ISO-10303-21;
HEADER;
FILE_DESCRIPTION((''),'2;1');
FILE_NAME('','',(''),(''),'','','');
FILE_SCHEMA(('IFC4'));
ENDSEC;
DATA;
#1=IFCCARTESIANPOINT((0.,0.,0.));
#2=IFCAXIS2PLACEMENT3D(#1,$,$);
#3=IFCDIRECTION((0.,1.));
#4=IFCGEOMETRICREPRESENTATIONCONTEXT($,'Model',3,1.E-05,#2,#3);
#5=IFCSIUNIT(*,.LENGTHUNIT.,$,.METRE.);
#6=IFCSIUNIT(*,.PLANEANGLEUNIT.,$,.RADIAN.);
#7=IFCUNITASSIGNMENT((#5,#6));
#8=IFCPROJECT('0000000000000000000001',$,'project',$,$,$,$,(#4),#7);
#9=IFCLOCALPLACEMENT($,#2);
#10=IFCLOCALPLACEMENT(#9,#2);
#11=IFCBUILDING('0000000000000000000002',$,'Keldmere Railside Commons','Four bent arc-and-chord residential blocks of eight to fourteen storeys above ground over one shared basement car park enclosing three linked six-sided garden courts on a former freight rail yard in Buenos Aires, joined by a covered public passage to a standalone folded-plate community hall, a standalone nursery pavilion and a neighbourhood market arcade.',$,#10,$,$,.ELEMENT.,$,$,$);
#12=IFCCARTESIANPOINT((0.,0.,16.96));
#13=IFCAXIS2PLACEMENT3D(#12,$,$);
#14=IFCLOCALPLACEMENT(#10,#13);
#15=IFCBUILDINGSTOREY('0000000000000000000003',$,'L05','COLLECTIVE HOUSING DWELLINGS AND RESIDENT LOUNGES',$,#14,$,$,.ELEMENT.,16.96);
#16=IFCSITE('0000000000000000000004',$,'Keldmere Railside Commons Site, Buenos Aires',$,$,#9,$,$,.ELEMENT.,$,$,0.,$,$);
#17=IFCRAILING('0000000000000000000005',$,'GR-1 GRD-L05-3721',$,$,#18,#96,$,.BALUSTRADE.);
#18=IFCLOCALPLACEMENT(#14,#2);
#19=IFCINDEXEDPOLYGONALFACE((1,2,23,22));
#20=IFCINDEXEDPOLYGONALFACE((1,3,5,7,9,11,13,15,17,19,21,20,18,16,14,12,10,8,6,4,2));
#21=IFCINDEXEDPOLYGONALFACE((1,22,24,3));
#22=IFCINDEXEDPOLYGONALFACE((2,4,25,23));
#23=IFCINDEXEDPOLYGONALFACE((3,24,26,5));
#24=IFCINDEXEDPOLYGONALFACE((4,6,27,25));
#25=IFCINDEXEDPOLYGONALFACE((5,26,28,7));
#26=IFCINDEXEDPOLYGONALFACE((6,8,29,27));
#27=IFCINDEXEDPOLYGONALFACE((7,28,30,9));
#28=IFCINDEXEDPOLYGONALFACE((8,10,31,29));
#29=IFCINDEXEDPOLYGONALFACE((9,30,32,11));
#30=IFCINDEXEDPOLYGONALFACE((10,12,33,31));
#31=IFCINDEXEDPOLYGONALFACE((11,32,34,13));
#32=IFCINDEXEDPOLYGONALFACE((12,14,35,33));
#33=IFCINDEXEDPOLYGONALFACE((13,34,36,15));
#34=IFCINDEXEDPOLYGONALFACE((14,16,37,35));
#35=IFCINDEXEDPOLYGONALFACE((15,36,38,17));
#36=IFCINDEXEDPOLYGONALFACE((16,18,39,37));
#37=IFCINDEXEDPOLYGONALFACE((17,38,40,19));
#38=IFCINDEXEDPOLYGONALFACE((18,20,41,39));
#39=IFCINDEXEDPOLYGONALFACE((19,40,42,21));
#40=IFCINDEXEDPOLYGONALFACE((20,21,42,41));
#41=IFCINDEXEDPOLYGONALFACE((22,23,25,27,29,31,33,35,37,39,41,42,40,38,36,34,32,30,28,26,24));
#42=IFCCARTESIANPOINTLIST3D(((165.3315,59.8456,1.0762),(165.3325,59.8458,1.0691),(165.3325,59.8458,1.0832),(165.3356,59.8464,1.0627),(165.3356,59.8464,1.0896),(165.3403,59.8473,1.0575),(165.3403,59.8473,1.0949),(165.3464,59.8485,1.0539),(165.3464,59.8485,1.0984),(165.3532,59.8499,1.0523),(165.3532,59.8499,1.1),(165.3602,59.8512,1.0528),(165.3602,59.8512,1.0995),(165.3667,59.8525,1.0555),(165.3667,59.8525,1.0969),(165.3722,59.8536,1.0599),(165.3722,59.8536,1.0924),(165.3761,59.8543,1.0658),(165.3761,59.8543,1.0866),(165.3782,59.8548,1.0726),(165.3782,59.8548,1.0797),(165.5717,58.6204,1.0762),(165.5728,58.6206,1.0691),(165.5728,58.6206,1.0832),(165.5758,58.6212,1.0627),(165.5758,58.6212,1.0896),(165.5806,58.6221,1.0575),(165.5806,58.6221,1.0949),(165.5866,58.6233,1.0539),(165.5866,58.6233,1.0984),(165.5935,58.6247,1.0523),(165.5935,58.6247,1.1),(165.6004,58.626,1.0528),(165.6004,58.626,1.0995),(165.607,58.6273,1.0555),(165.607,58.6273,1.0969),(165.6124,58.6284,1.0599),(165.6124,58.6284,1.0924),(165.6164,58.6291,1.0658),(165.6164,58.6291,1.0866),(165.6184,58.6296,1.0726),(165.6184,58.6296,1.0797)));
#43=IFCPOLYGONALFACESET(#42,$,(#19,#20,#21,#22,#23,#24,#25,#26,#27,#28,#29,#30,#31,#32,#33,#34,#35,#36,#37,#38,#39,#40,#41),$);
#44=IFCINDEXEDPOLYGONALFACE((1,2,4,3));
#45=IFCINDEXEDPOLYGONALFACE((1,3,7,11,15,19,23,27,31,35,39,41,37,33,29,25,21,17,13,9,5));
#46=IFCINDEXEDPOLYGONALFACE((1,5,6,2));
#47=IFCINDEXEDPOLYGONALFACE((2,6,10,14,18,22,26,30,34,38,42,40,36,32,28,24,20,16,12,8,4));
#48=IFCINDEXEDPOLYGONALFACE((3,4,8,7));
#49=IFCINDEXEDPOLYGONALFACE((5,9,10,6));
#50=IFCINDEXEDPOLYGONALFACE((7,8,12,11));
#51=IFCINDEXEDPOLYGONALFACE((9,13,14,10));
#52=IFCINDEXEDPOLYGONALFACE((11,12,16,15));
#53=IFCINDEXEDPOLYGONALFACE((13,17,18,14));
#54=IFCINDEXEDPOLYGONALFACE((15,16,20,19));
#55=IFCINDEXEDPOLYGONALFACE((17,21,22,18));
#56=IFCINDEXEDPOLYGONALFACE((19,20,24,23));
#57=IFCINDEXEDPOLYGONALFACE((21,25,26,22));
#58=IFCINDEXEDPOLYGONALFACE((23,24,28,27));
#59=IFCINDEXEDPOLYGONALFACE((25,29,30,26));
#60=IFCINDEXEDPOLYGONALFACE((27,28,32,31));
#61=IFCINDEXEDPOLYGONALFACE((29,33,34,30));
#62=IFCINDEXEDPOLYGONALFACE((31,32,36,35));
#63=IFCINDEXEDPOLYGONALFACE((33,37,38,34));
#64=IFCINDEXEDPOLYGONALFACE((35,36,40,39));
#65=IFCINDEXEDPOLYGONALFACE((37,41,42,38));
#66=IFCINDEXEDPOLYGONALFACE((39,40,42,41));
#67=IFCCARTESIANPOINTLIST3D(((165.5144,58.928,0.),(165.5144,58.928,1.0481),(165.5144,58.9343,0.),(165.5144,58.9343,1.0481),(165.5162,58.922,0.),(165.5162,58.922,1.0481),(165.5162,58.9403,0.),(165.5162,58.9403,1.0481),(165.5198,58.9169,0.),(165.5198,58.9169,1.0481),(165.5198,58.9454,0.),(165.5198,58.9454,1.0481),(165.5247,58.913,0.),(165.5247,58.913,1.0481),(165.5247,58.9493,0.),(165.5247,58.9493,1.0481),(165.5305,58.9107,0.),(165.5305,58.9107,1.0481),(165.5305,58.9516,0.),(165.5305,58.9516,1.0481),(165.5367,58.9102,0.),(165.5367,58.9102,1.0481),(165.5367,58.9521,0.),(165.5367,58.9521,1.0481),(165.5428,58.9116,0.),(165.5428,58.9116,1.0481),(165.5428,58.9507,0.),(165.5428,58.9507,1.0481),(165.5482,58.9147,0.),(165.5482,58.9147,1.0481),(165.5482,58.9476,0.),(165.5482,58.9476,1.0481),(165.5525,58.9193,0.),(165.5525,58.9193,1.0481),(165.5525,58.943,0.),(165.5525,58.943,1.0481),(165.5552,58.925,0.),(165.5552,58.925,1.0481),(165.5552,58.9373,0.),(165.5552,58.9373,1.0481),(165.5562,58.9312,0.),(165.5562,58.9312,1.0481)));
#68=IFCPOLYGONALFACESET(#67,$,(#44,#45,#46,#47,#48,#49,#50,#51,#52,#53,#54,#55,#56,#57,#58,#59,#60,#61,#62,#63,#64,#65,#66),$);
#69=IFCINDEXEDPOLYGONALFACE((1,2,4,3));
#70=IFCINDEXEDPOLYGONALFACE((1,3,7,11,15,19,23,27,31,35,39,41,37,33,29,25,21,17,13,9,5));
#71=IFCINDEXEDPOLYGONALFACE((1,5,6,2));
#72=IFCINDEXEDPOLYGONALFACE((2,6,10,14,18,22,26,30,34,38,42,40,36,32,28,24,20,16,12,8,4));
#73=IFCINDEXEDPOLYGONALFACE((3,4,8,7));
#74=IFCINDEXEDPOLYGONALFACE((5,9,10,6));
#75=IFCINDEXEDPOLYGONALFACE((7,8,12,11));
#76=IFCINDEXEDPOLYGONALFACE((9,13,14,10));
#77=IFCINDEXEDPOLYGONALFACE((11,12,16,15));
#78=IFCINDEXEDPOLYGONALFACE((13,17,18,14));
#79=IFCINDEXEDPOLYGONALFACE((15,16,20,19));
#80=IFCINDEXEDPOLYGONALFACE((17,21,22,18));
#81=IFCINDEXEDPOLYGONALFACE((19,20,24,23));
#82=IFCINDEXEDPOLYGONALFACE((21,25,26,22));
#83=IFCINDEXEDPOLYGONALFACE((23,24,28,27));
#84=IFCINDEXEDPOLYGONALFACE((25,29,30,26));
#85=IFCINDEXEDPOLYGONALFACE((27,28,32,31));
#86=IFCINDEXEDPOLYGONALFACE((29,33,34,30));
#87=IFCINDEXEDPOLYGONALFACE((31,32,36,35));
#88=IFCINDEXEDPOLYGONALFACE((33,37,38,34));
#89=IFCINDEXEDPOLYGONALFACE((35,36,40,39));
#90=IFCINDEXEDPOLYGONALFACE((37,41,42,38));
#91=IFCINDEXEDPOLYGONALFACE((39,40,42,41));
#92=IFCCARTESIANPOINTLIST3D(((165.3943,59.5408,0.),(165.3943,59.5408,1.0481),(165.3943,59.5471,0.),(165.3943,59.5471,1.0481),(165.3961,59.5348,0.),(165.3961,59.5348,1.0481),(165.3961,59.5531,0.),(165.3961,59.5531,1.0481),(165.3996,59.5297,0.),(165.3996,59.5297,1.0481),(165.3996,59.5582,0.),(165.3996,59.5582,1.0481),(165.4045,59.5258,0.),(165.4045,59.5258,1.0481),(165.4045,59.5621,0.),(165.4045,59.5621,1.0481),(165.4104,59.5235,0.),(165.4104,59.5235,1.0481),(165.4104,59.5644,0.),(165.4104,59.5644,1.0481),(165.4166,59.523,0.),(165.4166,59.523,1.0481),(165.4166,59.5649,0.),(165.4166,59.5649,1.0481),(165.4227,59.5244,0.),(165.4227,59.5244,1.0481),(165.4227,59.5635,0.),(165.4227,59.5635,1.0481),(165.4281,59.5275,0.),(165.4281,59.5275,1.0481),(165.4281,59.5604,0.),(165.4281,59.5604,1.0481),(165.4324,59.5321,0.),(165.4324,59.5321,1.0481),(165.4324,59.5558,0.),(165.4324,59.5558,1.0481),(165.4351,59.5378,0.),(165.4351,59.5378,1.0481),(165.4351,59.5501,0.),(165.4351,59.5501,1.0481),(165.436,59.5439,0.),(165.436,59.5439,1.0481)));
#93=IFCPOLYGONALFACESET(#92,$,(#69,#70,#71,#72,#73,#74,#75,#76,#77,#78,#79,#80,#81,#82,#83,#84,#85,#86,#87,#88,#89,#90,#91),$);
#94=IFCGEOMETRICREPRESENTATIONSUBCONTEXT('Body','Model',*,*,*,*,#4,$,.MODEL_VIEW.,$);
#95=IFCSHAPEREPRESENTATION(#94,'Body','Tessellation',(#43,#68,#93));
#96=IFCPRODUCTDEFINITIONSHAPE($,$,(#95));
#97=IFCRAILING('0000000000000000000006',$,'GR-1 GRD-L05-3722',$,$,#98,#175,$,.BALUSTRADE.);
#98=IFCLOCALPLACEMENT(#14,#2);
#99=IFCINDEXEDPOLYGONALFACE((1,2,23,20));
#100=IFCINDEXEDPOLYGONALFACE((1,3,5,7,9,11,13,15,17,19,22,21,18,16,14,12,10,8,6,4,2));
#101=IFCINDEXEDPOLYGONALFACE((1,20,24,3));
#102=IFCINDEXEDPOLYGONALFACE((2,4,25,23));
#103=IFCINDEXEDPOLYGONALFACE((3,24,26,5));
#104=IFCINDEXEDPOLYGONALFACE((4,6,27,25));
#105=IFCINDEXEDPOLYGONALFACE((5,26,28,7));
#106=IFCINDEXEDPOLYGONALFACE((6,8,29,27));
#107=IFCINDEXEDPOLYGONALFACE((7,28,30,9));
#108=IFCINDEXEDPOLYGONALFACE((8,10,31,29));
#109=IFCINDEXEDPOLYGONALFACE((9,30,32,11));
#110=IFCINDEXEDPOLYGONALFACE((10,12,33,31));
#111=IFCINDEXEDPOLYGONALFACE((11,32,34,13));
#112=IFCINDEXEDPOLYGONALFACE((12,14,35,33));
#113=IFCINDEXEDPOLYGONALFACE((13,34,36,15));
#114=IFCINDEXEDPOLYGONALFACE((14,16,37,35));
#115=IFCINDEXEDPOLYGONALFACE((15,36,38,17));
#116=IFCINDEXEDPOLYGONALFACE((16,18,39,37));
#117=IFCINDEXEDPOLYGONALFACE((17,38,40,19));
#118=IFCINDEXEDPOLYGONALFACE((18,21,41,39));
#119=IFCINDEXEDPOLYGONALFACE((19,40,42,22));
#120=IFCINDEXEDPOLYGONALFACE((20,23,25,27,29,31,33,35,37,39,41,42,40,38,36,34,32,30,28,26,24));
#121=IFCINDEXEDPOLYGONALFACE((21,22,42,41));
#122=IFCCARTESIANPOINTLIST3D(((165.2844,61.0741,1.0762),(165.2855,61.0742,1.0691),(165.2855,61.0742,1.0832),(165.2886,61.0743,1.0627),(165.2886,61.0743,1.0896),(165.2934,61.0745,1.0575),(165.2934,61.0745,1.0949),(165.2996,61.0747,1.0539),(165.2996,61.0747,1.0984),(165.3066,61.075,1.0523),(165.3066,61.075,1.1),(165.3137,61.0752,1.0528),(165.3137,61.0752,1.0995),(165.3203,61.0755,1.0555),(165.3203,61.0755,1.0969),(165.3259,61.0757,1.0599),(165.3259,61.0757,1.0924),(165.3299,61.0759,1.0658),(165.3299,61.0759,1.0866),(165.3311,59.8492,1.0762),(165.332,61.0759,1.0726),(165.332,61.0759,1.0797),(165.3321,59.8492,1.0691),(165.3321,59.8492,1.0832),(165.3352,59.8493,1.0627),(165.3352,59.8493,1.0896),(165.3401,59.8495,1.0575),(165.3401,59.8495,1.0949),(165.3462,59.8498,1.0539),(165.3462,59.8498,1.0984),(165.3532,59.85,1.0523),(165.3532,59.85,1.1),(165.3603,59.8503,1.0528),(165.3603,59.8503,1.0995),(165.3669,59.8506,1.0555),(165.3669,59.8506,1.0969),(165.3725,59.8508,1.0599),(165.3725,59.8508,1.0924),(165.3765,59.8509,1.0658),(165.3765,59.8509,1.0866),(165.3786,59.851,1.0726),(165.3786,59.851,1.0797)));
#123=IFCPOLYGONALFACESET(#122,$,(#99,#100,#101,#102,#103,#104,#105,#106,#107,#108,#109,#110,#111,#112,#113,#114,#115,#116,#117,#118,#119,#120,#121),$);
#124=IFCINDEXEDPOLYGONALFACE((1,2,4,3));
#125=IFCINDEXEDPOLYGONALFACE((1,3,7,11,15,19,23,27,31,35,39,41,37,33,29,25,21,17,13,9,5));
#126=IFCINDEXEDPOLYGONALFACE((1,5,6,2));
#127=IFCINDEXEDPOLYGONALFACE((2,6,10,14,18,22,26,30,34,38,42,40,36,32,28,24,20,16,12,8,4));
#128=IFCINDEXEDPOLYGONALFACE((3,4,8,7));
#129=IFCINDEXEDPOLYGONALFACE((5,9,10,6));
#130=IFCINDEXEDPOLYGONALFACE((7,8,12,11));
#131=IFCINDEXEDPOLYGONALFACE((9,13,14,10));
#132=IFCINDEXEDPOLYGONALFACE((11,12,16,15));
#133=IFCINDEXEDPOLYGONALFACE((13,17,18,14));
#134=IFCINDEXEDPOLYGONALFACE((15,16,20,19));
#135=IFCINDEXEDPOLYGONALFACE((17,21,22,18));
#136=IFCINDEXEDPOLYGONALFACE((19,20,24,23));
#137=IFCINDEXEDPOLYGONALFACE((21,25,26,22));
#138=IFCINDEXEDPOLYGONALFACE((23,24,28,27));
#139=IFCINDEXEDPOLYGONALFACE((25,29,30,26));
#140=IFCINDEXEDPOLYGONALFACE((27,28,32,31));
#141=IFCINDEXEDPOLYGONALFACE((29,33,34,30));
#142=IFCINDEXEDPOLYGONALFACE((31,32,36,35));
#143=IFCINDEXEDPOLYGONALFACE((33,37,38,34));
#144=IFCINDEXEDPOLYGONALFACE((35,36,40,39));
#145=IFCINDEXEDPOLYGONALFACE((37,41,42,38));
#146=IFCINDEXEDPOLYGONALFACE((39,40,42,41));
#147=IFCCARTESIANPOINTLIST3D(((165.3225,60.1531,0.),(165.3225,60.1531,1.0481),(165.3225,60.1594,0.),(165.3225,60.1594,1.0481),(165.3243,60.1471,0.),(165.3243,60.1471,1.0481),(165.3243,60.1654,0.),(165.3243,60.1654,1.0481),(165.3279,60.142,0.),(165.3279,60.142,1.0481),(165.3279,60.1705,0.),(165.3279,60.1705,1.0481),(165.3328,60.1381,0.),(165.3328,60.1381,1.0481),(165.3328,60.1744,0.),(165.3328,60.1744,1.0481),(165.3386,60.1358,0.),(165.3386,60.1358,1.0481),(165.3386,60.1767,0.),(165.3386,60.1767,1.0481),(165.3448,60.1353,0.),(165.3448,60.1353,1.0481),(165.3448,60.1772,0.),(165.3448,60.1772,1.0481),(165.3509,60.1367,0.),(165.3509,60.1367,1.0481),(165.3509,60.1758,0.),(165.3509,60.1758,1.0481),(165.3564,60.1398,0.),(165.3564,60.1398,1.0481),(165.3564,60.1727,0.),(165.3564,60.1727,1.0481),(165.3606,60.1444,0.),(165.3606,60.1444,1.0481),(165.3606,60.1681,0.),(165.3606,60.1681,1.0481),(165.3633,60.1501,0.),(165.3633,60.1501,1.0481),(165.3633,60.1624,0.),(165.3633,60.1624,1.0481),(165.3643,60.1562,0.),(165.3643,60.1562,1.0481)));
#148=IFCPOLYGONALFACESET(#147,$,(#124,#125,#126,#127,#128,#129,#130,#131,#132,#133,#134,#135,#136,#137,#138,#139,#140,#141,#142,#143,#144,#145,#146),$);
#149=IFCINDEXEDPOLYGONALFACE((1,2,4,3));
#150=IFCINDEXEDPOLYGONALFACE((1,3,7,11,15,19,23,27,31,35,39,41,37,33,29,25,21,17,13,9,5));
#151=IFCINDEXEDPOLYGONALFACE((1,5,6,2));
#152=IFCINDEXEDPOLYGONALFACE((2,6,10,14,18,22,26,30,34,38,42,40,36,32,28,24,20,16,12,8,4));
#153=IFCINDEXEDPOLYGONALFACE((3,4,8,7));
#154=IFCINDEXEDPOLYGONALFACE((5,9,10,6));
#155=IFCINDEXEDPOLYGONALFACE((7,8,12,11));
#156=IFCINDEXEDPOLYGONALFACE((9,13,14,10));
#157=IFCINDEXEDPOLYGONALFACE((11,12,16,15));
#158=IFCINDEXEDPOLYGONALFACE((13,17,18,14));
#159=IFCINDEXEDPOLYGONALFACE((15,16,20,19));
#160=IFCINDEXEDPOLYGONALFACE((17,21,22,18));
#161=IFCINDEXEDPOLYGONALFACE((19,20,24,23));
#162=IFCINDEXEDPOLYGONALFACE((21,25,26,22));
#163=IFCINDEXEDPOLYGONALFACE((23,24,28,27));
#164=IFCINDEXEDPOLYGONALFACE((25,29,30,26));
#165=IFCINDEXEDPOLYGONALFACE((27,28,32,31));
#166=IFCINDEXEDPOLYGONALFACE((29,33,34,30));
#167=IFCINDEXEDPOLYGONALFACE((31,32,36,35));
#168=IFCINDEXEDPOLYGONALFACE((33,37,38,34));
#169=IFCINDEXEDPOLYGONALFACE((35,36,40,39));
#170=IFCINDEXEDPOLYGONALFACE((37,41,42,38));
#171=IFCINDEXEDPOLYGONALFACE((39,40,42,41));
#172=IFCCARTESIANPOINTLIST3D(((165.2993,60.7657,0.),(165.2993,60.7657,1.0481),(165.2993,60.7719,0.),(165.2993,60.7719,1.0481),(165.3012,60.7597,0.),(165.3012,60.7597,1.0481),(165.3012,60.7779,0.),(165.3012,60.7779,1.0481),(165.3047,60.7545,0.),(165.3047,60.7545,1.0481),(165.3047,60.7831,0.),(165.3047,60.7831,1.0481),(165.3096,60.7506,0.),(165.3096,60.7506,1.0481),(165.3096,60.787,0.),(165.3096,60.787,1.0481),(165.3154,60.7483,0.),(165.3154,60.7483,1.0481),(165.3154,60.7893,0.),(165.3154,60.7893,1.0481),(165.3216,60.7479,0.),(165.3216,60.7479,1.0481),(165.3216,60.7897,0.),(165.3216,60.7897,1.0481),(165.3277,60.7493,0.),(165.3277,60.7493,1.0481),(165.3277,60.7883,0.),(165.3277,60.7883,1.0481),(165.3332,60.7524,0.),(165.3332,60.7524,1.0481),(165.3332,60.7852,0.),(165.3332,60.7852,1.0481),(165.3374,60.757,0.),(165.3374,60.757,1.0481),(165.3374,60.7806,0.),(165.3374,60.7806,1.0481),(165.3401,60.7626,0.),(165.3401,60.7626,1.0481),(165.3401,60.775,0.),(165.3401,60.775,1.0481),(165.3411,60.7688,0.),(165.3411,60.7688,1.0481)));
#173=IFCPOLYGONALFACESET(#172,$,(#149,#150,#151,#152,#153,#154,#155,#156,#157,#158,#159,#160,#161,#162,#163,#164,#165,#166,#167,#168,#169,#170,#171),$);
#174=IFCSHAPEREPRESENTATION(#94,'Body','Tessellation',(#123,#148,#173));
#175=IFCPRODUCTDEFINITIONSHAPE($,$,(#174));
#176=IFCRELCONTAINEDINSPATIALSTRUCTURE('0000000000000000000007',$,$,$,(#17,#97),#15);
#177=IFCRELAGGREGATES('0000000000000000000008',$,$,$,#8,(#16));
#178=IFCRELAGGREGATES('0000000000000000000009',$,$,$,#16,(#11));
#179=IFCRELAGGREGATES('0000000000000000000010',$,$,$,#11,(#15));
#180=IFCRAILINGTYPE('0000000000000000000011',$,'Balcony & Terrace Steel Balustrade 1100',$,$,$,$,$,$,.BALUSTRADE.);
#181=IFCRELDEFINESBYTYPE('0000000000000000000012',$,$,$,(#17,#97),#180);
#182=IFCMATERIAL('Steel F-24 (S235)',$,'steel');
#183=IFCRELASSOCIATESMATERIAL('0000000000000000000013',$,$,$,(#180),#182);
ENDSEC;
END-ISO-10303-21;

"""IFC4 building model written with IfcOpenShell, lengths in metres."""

from ifc_helpers import new_model, si_unit, direction, frame, origin, origin_2d, place, context, subcontext, project, spatial, circle, extrude, material, type_object, element, save


model = new_model("IFC4")

# Units and contexts
model_context = context("Model", 3, precision=1e-05, world=origin(), true_north=direction((0.0, 1.0)))
body_context = subcontext(model_context, "Body", "Model", "MODEL_VIEW")
ifc_project = project(units=[si_unit("LENGTHUNIT", "METRE"), si_unit("PLANEANGLEUNIT", "RADIAN")], contexts=[model_context])

# Site, building, storey
site_placement = place(None, origin())
site = spatial("IfcSite", under=ifc_project, at=site_placement, Name="Keldmere Railside Commons Site, Buenos Aires", CompositionType="ELEMENT", RefElevation=0.0)
building_placement = place(site_placement, origin())
building = spatial("IfcBuilding", under=site, at=building_placement, Name="Keldmere Railside Commons", Description="Four bent arc-and-chord residential blocks of eight to fourteen storeys above ground over one shared basement car park enclosing three linked six-sided garden courts on a former freight rail yard in Buenos Aires, joined by a covered public passage to a standalone folded-plate community hall, a standalone nursery pavilion and a neighbourhood market arcade.", CompositionType="ELEMENT")
storey_placement = place(building_placement, frame((0.0, 0.0, 16.96)))
storey = spatial("IfcBuildingStorey", under=building, at=storey_placement, Name="L05", Description="COLLECTIVE HOUSING DWELLINGS AND RESIDENT LOUNGES", CompositionType="ELEMENT", Elevation=16.96)

# Railings
ifc_material_1 = material(Name="Steel F-24 (S235)", Category="steel")
railing_type = type_object("IfcRailingType", Name="Balcony & Terrace Steel Balustrade 1100", PredefinedType="BALUSTRADE", material=ifc_material_1)
railing_1_placement = place(storey_placement, frame((165.5952, 58.625, 0.0)))
element("IfcRailing", 1, at=railing_1_placement, inside=storey, type_object=railing_type, Name="GR-1 GRD-L05-3721", PredefinedType="BALUSTRADE", context=body_context, shape_type="SweptSolid", body=[
    extrude(circle(Radius=0.0239, at=origin_2d()), frame((0.0, 0.0, 1.0762), z_axis=(-0.192429, 0.981311, 0.0), x_axis=(-0.981311, -0.192429, 0.0)), (0.0, 0.0, 1.0), 1.2485),
    extrude(circle(Radius=0.021, at=origin_2d()), frame((-0.0601, 0.3062, 0.0)), (0.0, 0.0, 1.0), 1.0481),
    extrude(circle(Radius=0.021, at=origin_2d()), frame((-0.1802, 0.9189, 0.0)), (0.0, 0.0, 1.0), 1.0481),
])
railing_2_placement = place(storey_placement, frame((165.355, 59.8501, 0.0)))
element("IfcRailing", 2, at=railing_2_placement, inside=storey, type_object=railing_type, Name="GR-1 GRD-L05-3722", PredefinedType="BALUSTRADE", context=body_context, shape_type="SweptSolid", body=[
    extrude(circle(Radius=0.0239, at=origin_2d()), frame((0.0, 0.0, 1.0762), z_axis=(-0.038043, 0.999276, 0.0), x_axis=(-0.999276, -0.038043, 0.0)), (0.0, 0.0, 1.0), 1.2258),
    extrude(circle(Radius=0.021, at=origin_2d()), frame((-0.0117, 0.3062, 0.0)), (0.0, 0.0, 1.0), 1.0481),
    extrude(circle(Radius=0.021, at=origin_2d()), frame((-0.0349, 0.9187, 0.0)), (0.0, 0.0, 1.0), 1.0481),
])

save(model, "model.ifc")
